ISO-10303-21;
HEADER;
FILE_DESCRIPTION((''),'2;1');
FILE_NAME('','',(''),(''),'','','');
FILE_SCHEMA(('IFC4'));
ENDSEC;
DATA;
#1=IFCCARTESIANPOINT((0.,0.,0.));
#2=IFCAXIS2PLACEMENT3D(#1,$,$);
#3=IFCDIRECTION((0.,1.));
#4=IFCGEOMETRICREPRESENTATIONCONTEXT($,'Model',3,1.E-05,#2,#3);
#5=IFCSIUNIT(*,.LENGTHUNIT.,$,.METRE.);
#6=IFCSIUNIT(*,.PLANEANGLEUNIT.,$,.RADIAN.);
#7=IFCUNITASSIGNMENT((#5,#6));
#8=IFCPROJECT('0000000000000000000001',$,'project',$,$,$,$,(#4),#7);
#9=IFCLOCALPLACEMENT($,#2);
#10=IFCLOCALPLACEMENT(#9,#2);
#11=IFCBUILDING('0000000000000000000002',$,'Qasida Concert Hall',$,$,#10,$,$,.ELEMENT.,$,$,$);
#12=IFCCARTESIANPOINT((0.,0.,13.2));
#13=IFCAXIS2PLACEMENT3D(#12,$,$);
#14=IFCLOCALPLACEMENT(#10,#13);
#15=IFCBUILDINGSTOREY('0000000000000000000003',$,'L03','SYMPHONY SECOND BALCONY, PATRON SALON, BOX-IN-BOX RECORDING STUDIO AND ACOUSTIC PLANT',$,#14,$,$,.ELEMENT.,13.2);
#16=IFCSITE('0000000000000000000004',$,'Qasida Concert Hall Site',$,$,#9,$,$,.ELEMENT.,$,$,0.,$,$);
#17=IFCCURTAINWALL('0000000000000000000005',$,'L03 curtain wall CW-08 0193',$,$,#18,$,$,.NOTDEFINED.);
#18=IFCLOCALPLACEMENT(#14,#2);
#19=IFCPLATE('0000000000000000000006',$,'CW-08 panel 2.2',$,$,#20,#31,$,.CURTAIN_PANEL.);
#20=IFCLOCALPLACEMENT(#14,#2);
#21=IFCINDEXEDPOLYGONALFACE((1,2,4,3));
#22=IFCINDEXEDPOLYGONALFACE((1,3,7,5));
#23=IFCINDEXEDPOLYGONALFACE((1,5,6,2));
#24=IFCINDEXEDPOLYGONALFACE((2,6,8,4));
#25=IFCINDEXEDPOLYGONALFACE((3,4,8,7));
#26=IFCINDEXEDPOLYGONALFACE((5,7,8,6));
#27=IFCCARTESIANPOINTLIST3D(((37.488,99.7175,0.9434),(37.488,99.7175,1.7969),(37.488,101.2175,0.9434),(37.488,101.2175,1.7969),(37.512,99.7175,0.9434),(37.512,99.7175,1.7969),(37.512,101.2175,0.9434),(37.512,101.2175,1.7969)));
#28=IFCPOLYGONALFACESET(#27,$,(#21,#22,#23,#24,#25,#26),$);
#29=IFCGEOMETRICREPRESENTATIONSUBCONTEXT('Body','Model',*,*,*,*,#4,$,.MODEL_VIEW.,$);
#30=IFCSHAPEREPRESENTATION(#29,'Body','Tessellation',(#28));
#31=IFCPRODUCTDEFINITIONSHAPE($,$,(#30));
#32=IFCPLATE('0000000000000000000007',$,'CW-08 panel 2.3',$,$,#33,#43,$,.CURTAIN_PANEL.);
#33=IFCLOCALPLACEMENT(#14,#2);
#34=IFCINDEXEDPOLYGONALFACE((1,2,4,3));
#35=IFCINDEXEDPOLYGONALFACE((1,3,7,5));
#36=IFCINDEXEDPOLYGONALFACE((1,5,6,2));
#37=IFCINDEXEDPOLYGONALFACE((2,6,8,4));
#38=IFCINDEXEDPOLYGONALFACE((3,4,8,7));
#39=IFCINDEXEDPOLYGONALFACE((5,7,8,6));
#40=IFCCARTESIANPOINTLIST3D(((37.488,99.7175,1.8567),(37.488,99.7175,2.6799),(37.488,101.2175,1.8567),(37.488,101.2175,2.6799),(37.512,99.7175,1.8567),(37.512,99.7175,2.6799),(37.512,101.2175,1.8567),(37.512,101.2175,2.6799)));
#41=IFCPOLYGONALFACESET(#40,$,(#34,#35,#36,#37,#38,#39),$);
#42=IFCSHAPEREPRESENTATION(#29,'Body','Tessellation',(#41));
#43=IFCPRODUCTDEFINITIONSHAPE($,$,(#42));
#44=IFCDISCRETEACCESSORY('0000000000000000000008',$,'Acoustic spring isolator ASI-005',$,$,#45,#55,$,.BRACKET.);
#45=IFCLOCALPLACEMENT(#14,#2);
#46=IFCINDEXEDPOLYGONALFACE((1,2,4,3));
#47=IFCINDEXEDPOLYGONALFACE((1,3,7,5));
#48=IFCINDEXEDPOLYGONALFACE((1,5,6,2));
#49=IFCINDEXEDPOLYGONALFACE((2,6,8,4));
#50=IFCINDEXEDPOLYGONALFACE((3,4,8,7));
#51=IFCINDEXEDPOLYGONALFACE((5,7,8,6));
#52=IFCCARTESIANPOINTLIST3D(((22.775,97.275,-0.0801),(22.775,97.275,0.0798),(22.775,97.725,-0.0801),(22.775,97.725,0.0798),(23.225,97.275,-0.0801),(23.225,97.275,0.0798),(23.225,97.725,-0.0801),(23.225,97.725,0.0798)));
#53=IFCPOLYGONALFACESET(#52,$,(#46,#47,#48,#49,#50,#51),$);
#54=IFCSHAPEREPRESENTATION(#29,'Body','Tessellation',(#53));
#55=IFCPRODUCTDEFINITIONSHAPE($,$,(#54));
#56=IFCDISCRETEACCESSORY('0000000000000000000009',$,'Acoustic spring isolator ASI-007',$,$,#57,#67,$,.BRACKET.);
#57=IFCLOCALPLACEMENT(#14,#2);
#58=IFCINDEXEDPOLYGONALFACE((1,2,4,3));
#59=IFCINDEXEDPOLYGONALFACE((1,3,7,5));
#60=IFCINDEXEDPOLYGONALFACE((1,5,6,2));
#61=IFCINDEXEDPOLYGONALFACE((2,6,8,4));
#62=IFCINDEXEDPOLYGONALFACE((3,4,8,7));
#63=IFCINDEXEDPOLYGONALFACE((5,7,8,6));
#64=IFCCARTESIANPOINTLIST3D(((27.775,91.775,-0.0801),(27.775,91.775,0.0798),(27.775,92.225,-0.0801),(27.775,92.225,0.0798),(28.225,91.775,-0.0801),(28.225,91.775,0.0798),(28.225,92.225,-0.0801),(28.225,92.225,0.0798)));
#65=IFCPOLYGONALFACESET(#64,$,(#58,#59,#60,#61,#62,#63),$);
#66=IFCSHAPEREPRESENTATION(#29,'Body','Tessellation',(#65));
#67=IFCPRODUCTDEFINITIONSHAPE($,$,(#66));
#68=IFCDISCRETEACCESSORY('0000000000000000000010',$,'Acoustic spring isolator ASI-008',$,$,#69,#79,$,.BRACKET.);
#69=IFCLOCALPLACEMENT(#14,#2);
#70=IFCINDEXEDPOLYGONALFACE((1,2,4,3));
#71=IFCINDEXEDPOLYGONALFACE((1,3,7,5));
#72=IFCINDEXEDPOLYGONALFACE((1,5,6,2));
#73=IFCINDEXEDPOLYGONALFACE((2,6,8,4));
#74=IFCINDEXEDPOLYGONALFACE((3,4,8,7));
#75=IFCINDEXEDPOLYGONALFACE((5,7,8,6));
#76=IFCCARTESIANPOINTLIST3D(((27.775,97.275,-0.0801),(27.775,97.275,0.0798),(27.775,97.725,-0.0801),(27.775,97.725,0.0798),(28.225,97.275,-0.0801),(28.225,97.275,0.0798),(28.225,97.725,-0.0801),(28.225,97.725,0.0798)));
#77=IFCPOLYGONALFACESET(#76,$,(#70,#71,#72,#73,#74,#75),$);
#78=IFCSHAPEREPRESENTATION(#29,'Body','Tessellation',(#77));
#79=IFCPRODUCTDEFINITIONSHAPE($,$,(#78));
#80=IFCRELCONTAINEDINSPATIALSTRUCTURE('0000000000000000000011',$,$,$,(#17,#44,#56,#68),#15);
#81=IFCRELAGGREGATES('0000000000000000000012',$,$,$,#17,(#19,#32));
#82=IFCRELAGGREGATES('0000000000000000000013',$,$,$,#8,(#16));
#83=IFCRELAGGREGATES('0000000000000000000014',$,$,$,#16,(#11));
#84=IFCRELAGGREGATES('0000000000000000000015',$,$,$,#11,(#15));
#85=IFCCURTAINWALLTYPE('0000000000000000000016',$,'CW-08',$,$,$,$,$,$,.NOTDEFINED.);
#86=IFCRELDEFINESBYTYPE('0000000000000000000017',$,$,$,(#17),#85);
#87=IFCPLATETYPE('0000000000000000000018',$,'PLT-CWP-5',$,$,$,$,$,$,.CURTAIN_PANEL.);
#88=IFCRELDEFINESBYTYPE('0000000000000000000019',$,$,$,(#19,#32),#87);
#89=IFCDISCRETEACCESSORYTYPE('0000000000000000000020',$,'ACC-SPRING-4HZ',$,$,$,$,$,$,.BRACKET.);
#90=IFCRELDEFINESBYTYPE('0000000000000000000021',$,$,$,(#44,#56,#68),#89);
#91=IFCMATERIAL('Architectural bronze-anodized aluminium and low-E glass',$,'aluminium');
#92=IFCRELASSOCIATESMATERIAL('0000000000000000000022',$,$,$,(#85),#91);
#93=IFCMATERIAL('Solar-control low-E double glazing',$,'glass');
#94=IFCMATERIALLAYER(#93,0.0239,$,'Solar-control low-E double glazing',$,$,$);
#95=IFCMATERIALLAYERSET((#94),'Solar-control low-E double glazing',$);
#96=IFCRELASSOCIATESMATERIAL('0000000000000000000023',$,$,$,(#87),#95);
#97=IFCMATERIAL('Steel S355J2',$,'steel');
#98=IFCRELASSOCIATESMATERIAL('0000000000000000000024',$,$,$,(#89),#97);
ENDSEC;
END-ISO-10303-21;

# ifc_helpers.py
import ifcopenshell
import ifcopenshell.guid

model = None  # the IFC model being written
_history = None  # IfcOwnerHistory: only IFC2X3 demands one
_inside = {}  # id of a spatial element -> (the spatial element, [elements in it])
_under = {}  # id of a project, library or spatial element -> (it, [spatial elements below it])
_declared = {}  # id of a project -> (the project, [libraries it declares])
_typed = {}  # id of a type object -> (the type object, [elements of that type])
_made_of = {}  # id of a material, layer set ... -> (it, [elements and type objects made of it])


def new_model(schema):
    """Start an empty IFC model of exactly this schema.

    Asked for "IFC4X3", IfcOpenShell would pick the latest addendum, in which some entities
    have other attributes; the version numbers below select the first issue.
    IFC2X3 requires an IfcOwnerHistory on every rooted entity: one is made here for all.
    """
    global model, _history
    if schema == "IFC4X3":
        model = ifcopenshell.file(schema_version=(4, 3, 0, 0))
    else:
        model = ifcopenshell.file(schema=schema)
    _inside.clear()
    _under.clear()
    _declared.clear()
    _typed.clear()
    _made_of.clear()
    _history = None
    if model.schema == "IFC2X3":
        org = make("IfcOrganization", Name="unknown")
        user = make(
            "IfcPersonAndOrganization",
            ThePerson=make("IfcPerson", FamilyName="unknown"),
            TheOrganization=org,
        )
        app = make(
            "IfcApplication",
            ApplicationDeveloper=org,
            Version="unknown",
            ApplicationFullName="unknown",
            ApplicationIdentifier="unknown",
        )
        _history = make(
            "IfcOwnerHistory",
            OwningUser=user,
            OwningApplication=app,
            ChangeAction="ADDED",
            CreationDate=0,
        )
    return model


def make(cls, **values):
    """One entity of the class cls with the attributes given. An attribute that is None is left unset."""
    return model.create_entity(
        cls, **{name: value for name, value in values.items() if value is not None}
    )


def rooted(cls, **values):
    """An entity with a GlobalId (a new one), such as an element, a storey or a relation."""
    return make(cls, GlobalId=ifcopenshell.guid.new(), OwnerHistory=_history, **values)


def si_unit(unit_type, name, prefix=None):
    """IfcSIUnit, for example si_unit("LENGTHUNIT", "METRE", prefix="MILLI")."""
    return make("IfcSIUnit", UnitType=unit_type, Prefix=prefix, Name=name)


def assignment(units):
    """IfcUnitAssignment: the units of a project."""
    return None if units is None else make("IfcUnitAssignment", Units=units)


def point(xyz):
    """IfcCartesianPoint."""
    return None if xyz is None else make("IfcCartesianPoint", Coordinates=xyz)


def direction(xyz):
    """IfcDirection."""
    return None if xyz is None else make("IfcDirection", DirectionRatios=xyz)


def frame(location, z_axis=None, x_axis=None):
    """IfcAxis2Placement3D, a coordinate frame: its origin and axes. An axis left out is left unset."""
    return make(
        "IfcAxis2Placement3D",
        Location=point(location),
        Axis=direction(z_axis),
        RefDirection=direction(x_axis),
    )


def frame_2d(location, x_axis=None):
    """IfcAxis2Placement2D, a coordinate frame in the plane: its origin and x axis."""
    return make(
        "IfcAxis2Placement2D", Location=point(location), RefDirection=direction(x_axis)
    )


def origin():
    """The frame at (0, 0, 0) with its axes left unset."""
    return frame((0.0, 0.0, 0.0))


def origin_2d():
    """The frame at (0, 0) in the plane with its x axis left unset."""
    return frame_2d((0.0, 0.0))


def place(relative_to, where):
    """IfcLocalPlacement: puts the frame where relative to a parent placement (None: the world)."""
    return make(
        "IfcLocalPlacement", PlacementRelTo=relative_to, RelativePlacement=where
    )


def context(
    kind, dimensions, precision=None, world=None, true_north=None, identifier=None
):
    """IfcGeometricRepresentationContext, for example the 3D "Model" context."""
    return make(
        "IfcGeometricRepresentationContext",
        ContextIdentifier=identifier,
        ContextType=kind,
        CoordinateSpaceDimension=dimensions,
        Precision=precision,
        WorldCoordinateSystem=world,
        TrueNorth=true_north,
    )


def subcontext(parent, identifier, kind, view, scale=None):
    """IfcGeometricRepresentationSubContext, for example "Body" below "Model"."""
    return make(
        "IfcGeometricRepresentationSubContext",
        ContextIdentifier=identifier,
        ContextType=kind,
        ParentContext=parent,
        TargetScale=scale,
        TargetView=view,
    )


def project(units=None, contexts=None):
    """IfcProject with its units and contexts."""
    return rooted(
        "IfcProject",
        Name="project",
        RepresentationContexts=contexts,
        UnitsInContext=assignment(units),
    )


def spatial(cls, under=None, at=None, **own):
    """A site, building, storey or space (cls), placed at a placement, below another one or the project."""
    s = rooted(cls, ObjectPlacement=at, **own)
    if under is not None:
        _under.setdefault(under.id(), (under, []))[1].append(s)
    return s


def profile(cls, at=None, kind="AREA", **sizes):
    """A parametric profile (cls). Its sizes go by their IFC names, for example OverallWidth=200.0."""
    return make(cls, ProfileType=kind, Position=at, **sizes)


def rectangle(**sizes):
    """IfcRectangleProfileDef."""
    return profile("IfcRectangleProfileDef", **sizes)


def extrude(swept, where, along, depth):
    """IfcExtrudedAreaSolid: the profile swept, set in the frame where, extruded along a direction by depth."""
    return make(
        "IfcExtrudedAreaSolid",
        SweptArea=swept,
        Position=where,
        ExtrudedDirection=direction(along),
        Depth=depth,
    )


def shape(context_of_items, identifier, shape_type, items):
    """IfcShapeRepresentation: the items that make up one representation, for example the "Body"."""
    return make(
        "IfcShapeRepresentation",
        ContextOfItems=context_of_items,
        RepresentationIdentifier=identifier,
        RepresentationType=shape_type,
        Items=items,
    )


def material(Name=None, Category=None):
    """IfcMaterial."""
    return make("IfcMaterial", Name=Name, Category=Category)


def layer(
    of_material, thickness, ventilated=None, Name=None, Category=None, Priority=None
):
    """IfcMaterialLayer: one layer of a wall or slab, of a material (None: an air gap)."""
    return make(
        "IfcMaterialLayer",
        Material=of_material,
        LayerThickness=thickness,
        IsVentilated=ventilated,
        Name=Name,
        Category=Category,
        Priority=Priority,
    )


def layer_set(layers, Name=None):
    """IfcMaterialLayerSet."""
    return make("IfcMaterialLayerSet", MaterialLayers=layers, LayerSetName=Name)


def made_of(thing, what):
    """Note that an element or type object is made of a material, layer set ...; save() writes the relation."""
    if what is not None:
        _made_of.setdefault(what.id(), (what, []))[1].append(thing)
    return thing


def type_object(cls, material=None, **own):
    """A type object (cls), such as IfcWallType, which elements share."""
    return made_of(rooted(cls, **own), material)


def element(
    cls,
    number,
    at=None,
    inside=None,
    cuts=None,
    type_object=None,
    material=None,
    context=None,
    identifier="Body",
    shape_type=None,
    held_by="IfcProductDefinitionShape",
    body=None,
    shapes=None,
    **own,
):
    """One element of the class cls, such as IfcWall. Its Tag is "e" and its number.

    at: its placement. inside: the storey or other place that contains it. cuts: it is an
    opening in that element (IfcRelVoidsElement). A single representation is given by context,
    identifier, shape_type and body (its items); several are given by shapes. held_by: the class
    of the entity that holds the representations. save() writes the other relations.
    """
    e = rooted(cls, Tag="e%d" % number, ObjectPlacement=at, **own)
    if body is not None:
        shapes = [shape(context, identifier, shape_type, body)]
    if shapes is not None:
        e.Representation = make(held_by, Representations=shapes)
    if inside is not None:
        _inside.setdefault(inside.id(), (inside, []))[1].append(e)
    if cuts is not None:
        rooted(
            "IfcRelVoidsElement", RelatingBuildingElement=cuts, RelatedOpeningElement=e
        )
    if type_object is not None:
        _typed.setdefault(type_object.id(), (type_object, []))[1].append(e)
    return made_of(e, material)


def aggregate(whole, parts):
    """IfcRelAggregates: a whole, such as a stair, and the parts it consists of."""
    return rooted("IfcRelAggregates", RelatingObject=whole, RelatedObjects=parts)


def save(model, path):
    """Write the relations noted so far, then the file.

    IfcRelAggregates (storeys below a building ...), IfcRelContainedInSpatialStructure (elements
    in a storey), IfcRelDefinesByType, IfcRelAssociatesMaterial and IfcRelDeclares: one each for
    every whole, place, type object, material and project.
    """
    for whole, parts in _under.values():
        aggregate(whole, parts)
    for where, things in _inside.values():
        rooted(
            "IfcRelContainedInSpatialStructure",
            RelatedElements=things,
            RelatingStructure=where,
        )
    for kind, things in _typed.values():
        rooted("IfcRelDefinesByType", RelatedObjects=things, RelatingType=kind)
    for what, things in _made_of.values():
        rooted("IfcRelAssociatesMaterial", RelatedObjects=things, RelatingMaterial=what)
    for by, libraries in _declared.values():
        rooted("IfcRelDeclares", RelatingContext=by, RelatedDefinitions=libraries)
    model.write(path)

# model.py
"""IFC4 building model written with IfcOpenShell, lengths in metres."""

from ifc_helpers import new_model, si_unit, direction, frame, origin, origin_2d, place, context, subcontext, project, spatial, rectangle, extrude, material, layer, layer_set, type_object, element, aggregate, save


model = new_model("IFC4")

# Units and contexts
model_context = context("Model", 3, precision=1e-05, world=origin(), true_north=direction((0.0, 1.0)))
body_context = subcontext(model_context, "Body", "Model", "MODEL_VIEW")
ifc_project = project(units=[si_unit("LENGTHUNIT", "METRE"), si_unit("PLANEANGLEUNIT", "RADIAN")], contexts=[model_context])

# Site, building, storey
site_placement = place(None, origin())
site = spatial("IfcSite", under=ifc_project, at=site_placement, Name="Qasida Concert Hall Site", CompositionType="ELEMENT", RefElevation=0.0)
building_placement = place(site_placement, origin())
building = spatial("IfcBuilding", under=site, at=building_placement, Name="Qasida Concert Hall", CompositionType="ELEMENT")
storey_placement = place(building_placement, frame((0.0, 0.0, 13.2)))
storey = spatial("IfcBuildingStorey", under=building, at=storey_placement, Name="L03", Description="SYMPHONY SECOND BALCONY, PATRON SALON, BOX-IN-BOX RECORDING STUDIO AND ACOUSTIC PLANT", CompositionType="ELEMENT", Elevation=13.2)

# Shared definitions
ifc_material_1 = material(Name="Steel S355J2", Category="steel")

# Curtain wall, plates
ifc_material_2 = material(Name="Architectural bronze-anodized aluminium and low-E glass", Category="aluminium")
curtain_wall_type = type_object("IfcCurtainWallType", Name="CW-08", PredefinedType="NOTDEFINED", material=ifc_material_2)
curtain_wall_placement = place(storey_placement, origin())
curtain_wall = element("IfcCurtainWall", 1, at=curtain_wall_placement, inside=storey, type_object=curtain_wall_type, Name="L03 curtain wall CW-08 0193", PredefinedType="NOTDEFINED")
ifc_material_3 = material(Name="Solar-control low-E double glazing", Category="glass")
ifc_layer = layer(ifc_material_3, 0.0239, Name="Solar-control low-E double glazing")
ifc_layer_set = layer_set([ifc_layer], Name="Solar-control low-E double glazing")
plate_type = type_object("IfcPlateType", Name="PLT-CWP-5", PredefinedType="CURTAIN_PANEL", material=ifc_layer_set)
plate_1_placement = place(storey_placement, frame((37.5, 100.4675, 0.9434), z_axis=(0.0, 0.0, 1.0), x_axis=(0.0, 1.0, 0.0)))
plate_1 = element("IfcPlate", 2, at=plate_1_placement, type_object=plate_type, Name="CW-08 panel 2.2", PredefinedType="CURTAIN_PANEL", context=body_context, shape_type="SweptSolid", body=[
    extrude(rectangle(XDim=1.5, YDim=0.0239, at=origin_2d()), origin(), (0.0, 0.0, 1.0), 0.8535),
])
plate_2_placement = place(storey_placement, frame((37.5, 100.4675, 1.8567), z_axis=(0.0, 0.0, 1.0), x_axis=(0.0, 1.0, 0.0)))
plate_2 = element("IfcPlate", 3, at=plate_2_placement, type_object=plate_type, Name="CW-08 panel 2.3", PredefinedType="CURTAIN_PANEL", context=body_context, shape_type="SweptSolid", body=[
    extrude(rectangle(XDim=1.5, YDim=0.0239, at=origin_2d()), origin(), (0.0, 0.0, 1.0), 0.8232),
])
aggregate(curtain_wall, [plate_1, plate_2])

# Discrete accessories
discrete_accessory_type = type_object("IfcDiscreteAccessoryType", Name="ACC-SPRING-4HZ", PredefinedType="BRACKET", material=ifc_material_1)
for number, where, z_axis, x_axis, name in (
    (4, (23.0, 97.5, -0.0801), (0.0, 0.0, 1.0), (1.0, 0.0, 0.0), "Acoustic spring isolator ASI-005"),
    (5, (28.0, 92.0, -0.0801), (0.0, 0.0, 1.0), (1.0, 0.0, 0.0), "Acoustic spring isolator ASI-007"),
    (6, (28.0, 97.5, -0.0801), (0.0, 0.0, 1.0), (1.0, 0.0, 0.0), "Acoustic spring isolator ASI-008"),
):
    element("IfcDiscreteAccessory", number, at=place(storey_placement, frame(where, z_axis=z_axis, x_axis=x_axis)), inside=storey, type_object=discrete_accessory_type, Name=name, PredefinedType="BRACKET", context=body_context, shape_type="SweptSolid", body=[
        extrude(rectangle(XDim=0.45, YDim=0.45, at=origin_2d()), origin(), (0.0, 0.0, 1.0), 0.1599),
    ])

save(model, "model.ifc")
